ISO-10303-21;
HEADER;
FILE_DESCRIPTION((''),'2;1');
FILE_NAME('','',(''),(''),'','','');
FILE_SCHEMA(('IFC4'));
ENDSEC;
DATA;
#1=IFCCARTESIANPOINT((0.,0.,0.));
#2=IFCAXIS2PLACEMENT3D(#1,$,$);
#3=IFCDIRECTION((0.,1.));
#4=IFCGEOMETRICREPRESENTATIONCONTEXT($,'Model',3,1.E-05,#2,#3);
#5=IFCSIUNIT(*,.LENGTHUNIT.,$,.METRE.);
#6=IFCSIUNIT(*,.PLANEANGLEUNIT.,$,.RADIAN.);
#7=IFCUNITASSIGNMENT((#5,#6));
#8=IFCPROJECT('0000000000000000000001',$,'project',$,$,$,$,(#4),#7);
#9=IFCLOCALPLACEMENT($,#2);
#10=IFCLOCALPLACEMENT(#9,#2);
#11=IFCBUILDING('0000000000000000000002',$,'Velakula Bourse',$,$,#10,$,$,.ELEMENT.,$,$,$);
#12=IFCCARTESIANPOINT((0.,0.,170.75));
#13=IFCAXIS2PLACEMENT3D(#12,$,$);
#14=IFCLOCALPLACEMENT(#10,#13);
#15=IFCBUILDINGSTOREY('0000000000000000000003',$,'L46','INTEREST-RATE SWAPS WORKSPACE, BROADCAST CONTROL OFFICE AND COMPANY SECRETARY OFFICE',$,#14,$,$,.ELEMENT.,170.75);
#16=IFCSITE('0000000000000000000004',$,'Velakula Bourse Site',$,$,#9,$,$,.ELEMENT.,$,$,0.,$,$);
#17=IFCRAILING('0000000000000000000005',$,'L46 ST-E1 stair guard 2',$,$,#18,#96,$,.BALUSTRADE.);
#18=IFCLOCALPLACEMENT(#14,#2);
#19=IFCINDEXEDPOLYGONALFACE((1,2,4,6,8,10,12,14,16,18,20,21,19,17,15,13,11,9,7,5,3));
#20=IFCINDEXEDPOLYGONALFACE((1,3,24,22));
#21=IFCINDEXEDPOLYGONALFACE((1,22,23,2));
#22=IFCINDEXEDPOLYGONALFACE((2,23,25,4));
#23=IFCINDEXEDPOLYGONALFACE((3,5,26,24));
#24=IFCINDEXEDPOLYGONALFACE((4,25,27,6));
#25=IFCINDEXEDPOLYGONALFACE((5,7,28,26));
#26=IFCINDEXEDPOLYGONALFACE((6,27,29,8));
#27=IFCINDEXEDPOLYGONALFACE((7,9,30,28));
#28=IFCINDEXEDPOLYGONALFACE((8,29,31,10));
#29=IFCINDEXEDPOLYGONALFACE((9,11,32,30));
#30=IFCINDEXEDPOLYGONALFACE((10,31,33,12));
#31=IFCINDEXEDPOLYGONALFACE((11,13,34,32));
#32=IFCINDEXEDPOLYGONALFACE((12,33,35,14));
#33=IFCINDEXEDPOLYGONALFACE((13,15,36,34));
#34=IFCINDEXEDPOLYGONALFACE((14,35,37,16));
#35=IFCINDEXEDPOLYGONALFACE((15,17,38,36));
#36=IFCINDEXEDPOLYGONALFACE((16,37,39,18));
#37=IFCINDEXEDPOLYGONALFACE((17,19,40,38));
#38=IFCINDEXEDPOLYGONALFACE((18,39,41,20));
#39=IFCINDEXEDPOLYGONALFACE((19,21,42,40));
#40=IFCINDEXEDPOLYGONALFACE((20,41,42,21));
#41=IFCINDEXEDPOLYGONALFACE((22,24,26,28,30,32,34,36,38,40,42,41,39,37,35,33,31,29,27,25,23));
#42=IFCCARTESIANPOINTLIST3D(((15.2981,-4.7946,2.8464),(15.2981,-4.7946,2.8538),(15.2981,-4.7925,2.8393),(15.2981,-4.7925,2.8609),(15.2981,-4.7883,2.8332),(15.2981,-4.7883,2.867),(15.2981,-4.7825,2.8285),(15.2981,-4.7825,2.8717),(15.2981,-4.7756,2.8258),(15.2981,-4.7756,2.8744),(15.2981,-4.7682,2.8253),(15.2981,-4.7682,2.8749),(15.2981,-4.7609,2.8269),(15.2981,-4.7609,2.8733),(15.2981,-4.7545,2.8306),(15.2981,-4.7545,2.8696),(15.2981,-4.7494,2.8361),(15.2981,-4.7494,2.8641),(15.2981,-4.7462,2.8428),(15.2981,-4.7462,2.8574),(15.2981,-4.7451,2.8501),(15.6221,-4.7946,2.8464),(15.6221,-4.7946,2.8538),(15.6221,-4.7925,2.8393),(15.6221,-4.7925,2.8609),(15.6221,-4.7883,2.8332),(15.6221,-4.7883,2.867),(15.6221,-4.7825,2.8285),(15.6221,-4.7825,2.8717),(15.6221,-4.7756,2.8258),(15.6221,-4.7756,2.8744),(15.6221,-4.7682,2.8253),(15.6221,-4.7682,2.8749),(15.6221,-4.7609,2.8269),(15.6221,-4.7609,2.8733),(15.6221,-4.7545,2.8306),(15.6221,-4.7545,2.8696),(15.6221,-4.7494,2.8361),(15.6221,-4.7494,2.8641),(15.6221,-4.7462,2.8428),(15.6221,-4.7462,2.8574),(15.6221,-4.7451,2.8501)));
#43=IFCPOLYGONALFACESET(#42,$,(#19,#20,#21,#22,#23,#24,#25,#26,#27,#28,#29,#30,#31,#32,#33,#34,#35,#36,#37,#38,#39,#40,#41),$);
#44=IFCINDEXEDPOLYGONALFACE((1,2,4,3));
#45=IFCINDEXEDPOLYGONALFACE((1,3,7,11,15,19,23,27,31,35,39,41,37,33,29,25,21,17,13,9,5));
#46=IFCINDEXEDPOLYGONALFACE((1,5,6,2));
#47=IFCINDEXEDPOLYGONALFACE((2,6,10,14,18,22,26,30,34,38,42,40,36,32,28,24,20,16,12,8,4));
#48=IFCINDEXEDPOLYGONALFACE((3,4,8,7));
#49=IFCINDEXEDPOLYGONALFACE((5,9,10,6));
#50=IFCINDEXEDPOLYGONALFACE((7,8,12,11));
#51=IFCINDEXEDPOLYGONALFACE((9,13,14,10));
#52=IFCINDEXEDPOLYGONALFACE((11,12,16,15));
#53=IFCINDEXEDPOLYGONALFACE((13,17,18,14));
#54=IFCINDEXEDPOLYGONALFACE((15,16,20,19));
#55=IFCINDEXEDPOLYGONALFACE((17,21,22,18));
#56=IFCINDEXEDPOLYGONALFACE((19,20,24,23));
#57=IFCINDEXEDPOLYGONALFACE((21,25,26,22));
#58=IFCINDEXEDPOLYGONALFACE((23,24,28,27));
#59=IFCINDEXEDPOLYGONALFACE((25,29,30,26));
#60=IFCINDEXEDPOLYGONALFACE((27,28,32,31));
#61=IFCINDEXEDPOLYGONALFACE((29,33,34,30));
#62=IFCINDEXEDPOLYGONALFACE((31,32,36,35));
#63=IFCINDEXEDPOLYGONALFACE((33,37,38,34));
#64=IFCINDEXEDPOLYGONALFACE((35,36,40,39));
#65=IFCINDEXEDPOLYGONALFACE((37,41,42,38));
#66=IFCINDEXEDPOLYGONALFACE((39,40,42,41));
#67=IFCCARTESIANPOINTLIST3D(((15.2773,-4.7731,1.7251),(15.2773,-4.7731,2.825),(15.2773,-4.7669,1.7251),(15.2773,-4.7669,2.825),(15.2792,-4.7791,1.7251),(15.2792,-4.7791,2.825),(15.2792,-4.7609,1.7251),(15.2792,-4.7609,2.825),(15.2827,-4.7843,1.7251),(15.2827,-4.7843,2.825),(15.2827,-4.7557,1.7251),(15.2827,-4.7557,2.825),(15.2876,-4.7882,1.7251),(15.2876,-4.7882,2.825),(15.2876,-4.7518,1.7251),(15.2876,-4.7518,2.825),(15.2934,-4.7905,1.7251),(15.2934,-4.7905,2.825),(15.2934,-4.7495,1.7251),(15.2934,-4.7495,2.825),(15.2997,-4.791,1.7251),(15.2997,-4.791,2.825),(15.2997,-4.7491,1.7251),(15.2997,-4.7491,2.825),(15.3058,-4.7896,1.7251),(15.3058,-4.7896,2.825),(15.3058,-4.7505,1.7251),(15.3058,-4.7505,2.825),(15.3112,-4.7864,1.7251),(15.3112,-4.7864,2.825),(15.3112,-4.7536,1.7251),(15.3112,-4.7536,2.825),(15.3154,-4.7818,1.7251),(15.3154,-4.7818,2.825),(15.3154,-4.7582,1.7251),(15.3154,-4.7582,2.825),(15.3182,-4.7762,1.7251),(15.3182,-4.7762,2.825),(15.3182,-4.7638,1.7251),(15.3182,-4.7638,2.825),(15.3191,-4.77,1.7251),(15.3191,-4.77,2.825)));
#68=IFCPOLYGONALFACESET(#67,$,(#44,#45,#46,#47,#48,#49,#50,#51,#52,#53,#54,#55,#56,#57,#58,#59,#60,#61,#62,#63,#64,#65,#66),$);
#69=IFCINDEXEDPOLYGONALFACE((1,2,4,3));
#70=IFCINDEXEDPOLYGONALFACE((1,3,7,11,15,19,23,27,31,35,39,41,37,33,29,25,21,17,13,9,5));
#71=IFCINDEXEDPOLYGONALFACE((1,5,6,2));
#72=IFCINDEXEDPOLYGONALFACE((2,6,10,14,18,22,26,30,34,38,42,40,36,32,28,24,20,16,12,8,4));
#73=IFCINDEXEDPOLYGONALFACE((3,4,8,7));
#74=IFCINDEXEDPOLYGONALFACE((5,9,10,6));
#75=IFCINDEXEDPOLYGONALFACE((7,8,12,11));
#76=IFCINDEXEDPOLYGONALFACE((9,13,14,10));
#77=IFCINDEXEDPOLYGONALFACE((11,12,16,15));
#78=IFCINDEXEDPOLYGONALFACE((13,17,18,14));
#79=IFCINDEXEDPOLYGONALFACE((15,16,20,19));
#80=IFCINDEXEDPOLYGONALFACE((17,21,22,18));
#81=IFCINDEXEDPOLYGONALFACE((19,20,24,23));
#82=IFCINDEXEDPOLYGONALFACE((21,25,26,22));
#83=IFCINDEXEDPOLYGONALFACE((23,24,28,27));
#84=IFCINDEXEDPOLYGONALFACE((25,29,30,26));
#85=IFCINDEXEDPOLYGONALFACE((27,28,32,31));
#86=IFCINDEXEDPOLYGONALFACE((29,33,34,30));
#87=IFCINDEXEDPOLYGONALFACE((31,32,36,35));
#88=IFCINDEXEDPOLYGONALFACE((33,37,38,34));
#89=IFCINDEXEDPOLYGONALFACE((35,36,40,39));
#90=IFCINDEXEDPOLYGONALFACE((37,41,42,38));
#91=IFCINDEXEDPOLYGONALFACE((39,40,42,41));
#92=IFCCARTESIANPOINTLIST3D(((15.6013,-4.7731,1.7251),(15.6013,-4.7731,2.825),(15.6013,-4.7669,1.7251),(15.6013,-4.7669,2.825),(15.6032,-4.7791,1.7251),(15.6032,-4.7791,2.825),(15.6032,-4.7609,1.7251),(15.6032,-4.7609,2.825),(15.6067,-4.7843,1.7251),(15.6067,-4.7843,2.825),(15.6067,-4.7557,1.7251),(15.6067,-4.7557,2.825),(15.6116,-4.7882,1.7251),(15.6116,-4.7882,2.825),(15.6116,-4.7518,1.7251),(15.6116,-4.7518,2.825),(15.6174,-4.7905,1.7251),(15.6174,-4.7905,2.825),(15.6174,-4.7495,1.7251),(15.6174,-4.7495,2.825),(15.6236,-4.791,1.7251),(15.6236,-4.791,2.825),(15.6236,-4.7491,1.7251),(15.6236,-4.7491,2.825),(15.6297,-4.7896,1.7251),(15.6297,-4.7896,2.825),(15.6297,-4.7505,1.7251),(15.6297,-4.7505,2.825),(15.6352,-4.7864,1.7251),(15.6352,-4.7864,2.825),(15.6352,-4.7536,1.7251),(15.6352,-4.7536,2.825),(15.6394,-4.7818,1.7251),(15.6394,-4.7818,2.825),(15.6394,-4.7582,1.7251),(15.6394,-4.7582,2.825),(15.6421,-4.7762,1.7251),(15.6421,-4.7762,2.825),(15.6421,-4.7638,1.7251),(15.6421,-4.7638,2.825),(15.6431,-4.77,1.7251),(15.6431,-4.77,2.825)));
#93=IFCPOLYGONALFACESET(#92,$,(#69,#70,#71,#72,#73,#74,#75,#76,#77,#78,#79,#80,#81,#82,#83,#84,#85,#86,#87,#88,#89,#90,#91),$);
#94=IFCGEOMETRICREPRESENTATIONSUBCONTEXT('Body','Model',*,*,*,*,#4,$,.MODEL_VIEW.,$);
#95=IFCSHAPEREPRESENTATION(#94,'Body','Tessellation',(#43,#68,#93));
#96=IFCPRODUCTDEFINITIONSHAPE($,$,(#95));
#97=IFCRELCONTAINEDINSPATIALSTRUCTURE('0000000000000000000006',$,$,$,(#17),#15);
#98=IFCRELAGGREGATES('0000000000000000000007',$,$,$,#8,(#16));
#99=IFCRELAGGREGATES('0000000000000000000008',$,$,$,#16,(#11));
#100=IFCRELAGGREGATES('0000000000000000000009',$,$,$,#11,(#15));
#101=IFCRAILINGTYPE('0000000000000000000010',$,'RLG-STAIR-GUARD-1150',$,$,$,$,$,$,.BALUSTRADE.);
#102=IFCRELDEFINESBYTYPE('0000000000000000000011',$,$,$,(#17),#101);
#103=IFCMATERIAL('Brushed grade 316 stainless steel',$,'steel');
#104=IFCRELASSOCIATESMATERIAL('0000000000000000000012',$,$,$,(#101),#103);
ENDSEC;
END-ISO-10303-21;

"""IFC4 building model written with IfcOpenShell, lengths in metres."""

from ifc_helpers import new_model, si_unit, direction, frame, origin, origin_2d, place, context, subcontext, project, spatial, circle, extrude, material, type_object, element, save


model = new_model("IFC4")

# Units and contexts
model_context = context("Model", 3, precision=1e-05, world=origin(), true_north=direction((0.0, 1.0)))
body_context = subcontext(model_context, "Body", "Model", "MODEL_VIEW")
ifc_project = project(units=[si_unit("LENGTHUNIT", "METRE"), si_unit("PLANEANGLEUNIT", "RADIAN")], contexts=[model_context])

# Site, building, storey
site_placement = place(None, origin())
site = spatial("IfcSite", under=ifc_project, at=site_placement, Name="Velakula Bourse Site", CompositionType="ELEMENT", RefElevation=0.0)
building_placement = place(site_placement, origin())
building = spatial("IfcBuilding", under=site, at=building_placement, Name="Velakula Bourse", CompositionType="ELEMENT")
storey_placement = place(building_placement, frame((0.0, 0.0, 170.75)))
storey = spatial("IfcBuildingStorey", under=building, at=storey_placement, Name="L46", Description="INTEREST-RATE SWAPS WORKSPACE, BROADCAST CONTROL OFFICE AND COMPANY SECRETARY OFFICE", CompositionType="ELEMENT", Elevation=170.75)

# Shared definitions
ifc_material_1 = material(Name="Brushed grade 316 stainless steel", Category="steel")

# Railing
railing_type_1 = type_object("IfcRailingType", Name="RLG-STAIR-GUARD-1150", PredefinedType="BALUSTRADE", material=ifc_material_1)
railing_1_placement = place(storey_placement, frame((15.2981, -4.77, 1.7251)))
element("IfcRailing", 1, at=railing_1_placement, inside=storey, type_object=railing_type_1, Name="L46 ST-E1 stair guard 2", PredefinedType="BALUSTRADE", context=body_context, shape_type="SweptSolid", body=[
    extrude(circle(Radius=0.0249, at=origin_2d()), frame((0.0, 0.0, 1.125), z_axis=(1.0, 0.0, 0.0), x_axis=(0.0, 1.0, 0.0)), (0.0, 0.0, 1.0), 0.324),
    extrude(circle(Radius=0.021, at=origin_2d()), origin(), (0.0, 0.0, 1.0), 1.0999),
    extrude(circle(Radius=0.021, at=origin_2d()), frame((0.324, 0.0, 0.0)), (0.0, 0.0, 1.0), 1.0999),
])

save(model, "model.ifc")
